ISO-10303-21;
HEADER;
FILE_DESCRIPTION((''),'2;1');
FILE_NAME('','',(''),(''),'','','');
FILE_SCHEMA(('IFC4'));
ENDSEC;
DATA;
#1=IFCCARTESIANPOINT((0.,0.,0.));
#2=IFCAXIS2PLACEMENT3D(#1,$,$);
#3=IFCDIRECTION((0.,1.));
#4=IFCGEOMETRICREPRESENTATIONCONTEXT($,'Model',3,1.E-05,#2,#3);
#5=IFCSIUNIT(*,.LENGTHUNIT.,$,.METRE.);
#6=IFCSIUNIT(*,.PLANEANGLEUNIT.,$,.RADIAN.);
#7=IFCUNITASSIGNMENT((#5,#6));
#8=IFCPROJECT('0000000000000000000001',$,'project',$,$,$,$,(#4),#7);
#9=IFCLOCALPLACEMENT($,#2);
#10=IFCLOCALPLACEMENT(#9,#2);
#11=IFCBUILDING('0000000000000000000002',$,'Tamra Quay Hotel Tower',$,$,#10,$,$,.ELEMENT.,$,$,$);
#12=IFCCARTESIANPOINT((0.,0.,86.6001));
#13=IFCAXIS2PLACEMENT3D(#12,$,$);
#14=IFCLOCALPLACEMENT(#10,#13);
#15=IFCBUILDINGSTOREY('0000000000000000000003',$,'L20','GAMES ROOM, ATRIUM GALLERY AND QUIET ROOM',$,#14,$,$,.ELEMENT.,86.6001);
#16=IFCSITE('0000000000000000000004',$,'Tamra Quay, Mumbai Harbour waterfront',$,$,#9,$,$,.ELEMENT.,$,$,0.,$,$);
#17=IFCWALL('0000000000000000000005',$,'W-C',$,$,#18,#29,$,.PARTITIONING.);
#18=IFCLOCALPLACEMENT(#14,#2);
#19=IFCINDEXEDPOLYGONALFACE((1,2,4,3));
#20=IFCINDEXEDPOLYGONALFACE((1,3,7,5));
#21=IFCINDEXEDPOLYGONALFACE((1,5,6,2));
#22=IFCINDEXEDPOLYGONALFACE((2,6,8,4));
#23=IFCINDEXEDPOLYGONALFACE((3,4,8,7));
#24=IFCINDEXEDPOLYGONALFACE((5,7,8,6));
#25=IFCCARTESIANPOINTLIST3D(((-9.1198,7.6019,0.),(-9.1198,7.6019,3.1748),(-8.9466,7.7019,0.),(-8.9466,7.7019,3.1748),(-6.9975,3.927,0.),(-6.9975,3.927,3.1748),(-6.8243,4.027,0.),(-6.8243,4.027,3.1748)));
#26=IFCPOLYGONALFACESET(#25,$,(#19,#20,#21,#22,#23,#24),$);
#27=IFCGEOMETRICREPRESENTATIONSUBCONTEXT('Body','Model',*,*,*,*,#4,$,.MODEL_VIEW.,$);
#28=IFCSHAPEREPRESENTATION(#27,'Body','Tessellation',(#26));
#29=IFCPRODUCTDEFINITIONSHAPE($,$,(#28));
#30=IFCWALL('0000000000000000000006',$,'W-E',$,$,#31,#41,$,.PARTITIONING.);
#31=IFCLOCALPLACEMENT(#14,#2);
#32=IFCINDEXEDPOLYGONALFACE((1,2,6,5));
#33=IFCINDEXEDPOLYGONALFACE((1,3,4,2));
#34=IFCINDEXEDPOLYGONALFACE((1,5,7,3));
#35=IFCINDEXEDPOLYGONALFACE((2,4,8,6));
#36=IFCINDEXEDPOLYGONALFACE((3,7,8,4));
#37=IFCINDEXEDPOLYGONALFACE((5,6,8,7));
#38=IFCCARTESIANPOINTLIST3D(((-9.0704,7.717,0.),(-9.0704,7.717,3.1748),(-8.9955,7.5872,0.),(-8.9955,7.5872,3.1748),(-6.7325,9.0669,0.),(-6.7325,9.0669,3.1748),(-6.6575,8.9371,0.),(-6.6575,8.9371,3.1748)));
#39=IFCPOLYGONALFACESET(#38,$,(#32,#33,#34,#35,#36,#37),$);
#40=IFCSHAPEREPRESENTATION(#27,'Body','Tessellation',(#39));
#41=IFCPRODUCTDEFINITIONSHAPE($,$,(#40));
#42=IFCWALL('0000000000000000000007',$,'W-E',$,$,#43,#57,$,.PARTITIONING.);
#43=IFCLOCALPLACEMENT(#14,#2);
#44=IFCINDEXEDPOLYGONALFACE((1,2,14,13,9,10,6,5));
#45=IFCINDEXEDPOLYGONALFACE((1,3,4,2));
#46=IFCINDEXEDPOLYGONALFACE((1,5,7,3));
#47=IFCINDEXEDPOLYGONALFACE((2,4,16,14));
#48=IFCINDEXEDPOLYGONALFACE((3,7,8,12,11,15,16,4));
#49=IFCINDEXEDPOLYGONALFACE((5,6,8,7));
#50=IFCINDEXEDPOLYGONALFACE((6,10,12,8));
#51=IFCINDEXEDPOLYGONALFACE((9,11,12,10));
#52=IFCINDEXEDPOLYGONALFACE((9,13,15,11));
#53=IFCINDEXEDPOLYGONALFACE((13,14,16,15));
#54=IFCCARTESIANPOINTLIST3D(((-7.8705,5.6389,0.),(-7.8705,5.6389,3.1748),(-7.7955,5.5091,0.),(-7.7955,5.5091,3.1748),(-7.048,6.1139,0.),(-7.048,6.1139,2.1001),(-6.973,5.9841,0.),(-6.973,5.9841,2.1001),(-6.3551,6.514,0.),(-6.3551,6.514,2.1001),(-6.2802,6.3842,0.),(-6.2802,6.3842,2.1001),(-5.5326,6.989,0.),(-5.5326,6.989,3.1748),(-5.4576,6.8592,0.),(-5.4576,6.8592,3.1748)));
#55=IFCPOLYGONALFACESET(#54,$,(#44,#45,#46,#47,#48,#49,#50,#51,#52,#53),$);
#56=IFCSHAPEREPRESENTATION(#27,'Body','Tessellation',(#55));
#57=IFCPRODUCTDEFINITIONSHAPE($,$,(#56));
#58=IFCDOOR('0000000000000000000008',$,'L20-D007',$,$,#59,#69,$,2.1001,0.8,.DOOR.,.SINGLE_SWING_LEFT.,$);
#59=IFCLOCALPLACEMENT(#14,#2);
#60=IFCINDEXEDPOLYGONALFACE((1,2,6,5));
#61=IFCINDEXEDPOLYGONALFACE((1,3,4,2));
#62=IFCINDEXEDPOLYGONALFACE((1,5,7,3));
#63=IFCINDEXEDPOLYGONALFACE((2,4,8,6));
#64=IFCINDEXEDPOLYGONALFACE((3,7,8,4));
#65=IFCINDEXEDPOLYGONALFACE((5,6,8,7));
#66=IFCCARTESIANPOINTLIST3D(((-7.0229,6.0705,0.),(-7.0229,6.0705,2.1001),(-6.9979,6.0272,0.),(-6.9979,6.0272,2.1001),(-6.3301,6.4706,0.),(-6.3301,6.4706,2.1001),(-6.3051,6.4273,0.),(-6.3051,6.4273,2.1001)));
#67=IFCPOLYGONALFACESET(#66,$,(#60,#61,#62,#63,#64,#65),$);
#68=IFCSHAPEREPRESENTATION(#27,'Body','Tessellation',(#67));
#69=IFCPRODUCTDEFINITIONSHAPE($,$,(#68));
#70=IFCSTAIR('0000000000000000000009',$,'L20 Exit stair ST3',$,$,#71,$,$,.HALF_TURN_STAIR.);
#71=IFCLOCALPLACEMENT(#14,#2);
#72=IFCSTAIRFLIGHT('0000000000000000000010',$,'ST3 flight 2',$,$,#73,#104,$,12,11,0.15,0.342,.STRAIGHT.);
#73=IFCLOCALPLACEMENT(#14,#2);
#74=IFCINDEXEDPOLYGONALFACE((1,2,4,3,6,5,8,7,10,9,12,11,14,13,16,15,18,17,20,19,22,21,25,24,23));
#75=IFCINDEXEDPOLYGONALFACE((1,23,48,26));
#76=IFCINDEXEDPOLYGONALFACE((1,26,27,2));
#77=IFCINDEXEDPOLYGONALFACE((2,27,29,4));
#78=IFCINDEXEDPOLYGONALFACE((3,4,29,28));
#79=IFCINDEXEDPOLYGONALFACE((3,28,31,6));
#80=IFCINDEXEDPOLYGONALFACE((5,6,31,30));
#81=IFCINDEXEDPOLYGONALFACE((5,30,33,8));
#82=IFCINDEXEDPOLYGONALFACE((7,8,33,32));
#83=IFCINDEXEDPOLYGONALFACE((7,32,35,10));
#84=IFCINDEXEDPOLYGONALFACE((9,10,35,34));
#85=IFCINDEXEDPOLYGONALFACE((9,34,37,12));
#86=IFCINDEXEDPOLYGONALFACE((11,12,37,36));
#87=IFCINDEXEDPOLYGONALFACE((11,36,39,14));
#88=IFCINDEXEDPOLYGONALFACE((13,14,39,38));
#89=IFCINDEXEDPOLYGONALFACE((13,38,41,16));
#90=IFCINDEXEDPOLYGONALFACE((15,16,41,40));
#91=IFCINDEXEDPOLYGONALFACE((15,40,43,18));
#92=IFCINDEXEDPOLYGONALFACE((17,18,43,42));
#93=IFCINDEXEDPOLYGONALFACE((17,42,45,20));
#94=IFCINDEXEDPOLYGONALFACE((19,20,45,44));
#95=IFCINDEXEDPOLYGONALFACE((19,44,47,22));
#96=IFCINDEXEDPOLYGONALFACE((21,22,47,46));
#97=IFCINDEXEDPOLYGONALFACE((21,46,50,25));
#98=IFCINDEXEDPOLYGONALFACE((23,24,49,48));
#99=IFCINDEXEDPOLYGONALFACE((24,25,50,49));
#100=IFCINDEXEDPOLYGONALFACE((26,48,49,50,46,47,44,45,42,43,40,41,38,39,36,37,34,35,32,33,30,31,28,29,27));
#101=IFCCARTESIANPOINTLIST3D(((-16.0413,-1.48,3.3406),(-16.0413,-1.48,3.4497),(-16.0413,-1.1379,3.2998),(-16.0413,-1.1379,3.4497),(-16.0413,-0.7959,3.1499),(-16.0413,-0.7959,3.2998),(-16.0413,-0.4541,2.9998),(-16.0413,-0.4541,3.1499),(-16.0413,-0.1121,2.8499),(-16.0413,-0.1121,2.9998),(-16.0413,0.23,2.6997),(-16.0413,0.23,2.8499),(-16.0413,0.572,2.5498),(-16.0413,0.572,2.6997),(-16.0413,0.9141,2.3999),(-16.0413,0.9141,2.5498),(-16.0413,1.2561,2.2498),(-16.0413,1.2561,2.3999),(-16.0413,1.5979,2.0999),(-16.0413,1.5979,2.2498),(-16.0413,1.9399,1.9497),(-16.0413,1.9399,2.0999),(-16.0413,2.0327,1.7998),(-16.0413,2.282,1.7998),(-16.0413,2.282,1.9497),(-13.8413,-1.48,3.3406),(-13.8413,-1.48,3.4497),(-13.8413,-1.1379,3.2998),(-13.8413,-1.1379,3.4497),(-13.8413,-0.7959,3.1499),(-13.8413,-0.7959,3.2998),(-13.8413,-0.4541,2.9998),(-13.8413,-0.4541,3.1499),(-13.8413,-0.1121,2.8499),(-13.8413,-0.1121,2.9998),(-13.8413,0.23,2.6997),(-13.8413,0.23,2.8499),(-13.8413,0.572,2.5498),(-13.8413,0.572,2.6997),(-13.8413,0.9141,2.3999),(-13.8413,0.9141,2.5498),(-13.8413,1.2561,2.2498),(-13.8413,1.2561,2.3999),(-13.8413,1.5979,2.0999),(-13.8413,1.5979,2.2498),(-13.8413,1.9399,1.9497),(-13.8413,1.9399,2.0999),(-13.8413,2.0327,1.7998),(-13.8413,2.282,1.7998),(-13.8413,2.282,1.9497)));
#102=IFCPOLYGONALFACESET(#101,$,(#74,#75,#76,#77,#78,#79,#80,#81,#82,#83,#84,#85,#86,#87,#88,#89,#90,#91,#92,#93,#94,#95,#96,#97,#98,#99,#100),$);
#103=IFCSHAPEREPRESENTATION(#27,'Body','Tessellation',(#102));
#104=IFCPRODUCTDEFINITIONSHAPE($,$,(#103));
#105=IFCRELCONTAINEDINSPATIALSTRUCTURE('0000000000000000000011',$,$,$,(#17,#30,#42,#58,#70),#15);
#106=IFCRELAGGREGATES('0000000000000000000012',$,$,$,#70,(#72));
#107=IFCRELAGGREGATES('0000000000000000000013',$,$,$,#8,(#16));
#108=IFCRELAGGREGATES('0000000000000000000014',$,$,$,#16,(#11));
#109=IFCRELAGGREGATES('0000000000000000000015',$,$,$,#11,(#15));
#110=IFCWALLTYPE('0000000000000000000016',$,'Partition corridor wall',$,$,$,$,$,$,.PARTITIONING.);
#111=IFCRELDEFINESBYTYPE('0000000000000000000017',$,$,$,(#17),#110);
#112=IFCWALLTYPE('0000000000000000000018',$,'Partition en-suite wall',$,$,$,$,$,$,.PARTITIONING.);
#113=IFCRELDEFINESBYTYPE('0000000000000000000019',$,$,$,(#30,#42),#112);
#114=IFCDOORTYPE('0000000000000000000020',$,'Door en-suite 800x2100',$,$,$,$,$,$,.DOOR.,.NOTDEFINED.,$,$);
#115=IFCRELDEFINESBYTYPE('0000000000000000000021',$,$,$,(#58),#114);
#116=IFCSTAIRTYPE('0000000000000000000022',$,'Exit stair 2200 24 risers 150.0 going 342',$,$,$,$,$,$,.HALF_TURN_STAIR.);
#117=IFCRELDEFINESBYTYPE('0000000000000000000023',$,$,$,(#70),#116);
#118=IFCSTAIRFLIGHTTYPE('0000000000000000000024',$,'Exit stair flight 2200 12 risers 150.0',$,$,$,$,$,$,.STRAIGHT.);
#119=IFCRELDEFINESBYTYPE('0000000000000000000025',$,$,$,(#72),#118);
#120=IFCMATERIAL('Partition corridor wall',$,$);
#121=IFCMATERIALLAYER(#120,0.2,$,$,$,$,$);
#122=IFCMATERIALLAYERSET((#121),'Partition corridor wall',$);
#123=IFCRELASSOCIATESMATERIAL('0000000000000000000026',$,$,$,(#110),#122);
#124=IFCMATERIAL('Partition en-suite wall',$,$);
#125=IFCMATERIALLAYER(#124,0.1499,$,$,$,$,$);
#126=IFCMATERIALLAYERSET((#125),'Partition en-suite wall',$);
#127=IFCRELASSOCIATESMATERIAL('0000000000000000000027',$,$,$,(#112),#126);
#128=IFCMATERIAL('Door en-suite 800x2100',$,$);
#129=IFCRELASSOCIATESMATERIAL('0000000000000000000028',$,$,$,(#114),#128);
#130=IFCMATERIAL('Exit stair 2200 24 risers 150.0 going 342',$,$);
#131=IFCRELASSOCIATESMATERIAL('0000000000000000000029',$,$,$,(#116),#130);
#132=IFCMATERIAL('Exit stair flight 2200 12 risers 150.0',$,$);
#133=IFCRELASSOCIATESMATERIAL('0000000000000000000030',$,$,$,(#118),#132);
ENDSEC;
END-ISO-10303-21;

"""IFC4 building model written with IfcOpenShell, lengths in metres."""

from ifc_helpers import new_model, si_unit, direction, frame, frame_2d, origin, place, context, subcontext, project, spatial, polyline, rectangle, outline, extrude, material, layer, layer_set, type_object, element, fill, aggregate, save


model = new_model("IFC4")

# Units and contexts
model_context = context("Model", 3, precision=1e-05, world=origin(), true_north=direction((0.0, 1.0)))
body_context = subcontext(model_context, "Body", "Model", "MODEL_VIEW")
ifc_project = project(units=[si_unit("LENGTHUNIT", "METRE"), si_unit("PLANEANGLEUNIT", "RADIAN")], contexts=[model_context])

# Site, building, storey
site_placement = place(None, origin())
site = spatial("IfcSite", under=ifc_project, at=site_placement, Name="Tamra Quay, Mumbai Harbour waterfront", CompositionType="ELEMENT", RefElevation=0.0)
building_placement = place(site_placement, origin())
building = spatial("IfcBuilding", under=site, at=building_placement, Name="Tamra Quay Hotel Tower", CompositionType="ELEMENT")
storey_placement = place(building_placement, frame((0.0, 0.0, 86.6001)))
storey = spatial("IfcBuildingStorey", under=building, at=storey_placement, Name="L20", Description="GAMES ROOM, ATRIUM GALLERY AND QUIET ROOM", CompositionType="ELEMENT", Elevation=86.6001)

# Shared definitions
ifc_material_1 = material(Name="Partition corridor wall")
ifc_layer_1 = layer(ifc_material_1, 0.2)
ifc_layer_set_1 = layer_set([ifc_layer_1], Name="Partition corridor wall")
wall_type_1 = type_object("IfcWallType", Name="Partition corridor wall", PredefinedType="PARTITIONING", material=ifc_layer_set_1)

# Walls
wall_1_placement = place(storey_placement, frame((-9.0332, 7.6519, 0.0), z_axis=(0.0, 0.0, 1.0), x_axis=(0.500118, -0.865958, 0.0)))
element("IfcWall", 1, at=wall_1_placement, inside=storey, type_object=wall_type_1, Name="W-C", PredefinedType="PARTITIONING", context=body_context, shape_type="SweptSolid", body=[
    extrude(rectangle(XDim=4.2437, YDim=0.2, at=frame_2d((2.1218, 0.0))), origin(), (0.0, 0.0, 1.0), 3.1748),
])
ifc_material_2 = material(Name="Partition en-suite wall")
ifc_layer_2 = layer(ifc_material_2, 0.1499)
ifc_layer_set_2 = layer_set([ifc_layer_2], Name="Partition en-suite wall")
wall_type_2 = type_object("IfcWallType", Name="Partition en-suite wall", PredefinedType="PARTITIONING", material=ifc_layer_set_2)
wall_2_placement = place(storey_placement, frame((-9.033, 7.6521, 0.0), z_axis=(0.0, 0.0, 1.0), x_axis=(0.866014, 0.50002, 0.0)))
element("IfcWall", 2, at=wall_2_placement, inside=storey, type_object=wall_type_2, Name="W-E", PredefinedType="PARTITIONING", context=body_context, shape_type="SweptSolid", body=[
    extrude(rectangle(XDim=2.6997, YDim=0.1499, at=frame_2d((1.3499, 0.0))), origin(), (0.0, 0.0, 1.0), 3.1748),
])

# Wall, opening, door
wall_3_placement = place(storey_placement, frame((-7.833, 5.574, 0.0), z_axis=(0.0, 0.0, 1.0), x_axis=(0.865975, 0.500088, 0.0)))
wall_3 = element("IfcWall", 3, at=wall_3_placement, inside=storey, type_object=wall_type_2, Name="W-E", PredefinedType="PARTITIONING", context=body_context, shape_type="SweptSolid", body=[
    extrude(rectangle(XDim=2.6997, YDim=0.1499, at=frame_2d((1.3499, 0.0))), origin(), (0.0, 0.0, 1.0), 3.1748),
])
opening_1_placement = place(wall_3_placement, frame((0.95, 0.0, 0.0)))
opening_1 = element("IfcOpeningElement", 4, at=opening_1_placement, cuts=wall_3, PredefinedType="OPENING", context=body_context, shape_type="SweptSolid", body=[
    extrude(rectangle(XDim=0.8, YDim=2.1001, at=frame_2d((0.3999, 1.05))), frame((0.0, 0.085, 0.0), z_axis=(0.0, -1.0, 0.0), x_axis=(1.0, 0.0, 0.0)), (0.0, 0.0, 1.0), 0.1699),
])
ifc_material_3 = material(Name="Door en-suite 800x2100")
door_type_1 = type_object("IfcDoorType", Name="Door en-suite 800x2100", OperationType="NOTDEFINED", PredefinedType="DOOR", material=ifc_material_3)
door_1_placement = place(opening_1_placement, origin())
door_1 = element("IfcDoor", 5, at=door_1_placement, inside=storey, type_object=door_type_1, Name="L20-D007", OperationType="SINGLE_SWING_LEFT", OverallHeight=2.1001, OverallWidth=0.8, PredefinedType="DOOR", context=body_context, shape_type="SweptSolid", body=[
    extrude(rectangle(XDim=0.8, YDim=2.1001, at=frame_2d((0.3999, 1.05))), frame((0.0, 0.0249, 0.0), z_axis=(0.0, -1.0, 0.0), x_axis=(1.0, 0.0, 0.0)), (0.0, 0.0, 1.0), 0.05),
])
fill(opening_1, door_1)

# Stair, stair flight
ifc_material_4 = material(Name="Exit stair 2200 24 risers 150.0 going 342")
stair_type = type_object("IfcStairType", Name="Exit stair 2200 24 risers 150.0 going 342", PredefinedType="HALF_TURN_STAIR", material=ifc_material_4)
stair_placement = place(storey_placement, origin())
stair = element("IfcStair", 6, at=stair_placement, inside=storey, type_object=stair_type, Name="L20 Exit stair ST3", PredefinedType="HALF_TURN_STAIR")
ifc_material_5 = material(Name="Exit stair flight 2200 12 risers 150.0")
stair_flight_type = type_object("IfcStairFlightType", Name="Exit stair flight 2200 12 risers 150.0", PredefinedType="STRAIGHT", material=ifc_material_5)
stair_flight_placement = place(storey_placement, frame((-14.9414, 2.282, 1.7998), z_axis=(0.0, 0.0, 1.0), x_axis=(0.0, -1.0, 0.0)))
stair_flight = element("IfcStairFlight", 7, at=stair_flight_placement, type_object=stair_flight_type, Name="ST3 flight 2", NumberOfRisers=12, NumberOfTreads=11, PredefinedType="STRAIGHT", RiserHeight=0.15, TreadLength=0.342, context=body_context, shape_type="SweptSolid", body=[
    extrude(outline(polyline([(0.0, 0.0), (0.0, 0.1499), (0.342, 0.1499), (0.342, 0.3), (0.6841, 0.3), (0.6841, 0.45), (1.0259, 0.45), (1.0259, 0.6001), (1.3679, 0.6001), (1.3679, 0.75), (1.71, 0.75), (1.71, 0.8999), (2.052, 0.8999), (2.052, 1.05), (2.394, 1.05), (2.394, 1.2), (2.7361, 1.2), (2.7361, 1.3501), (3.0779, 1.3501), (3.0779, 1.5), (3.4199, 1.5), (3.4199, 1.6499), (3.762, 1.6499), (3.762, 1.8), (3.762, 1.5408), (0.2493, 0.0), (0.0, 0.0)])), frame((0.0, 1.1001, 0.0), z_axis=(0.0, -1.0, 0.0), x_axis=(1.0, 0.0, 0.0)), (0.0, 0.0, 1.0), 2.2),
])
aggregate(stair, [stair_flight])

save(model, "model.ifc")
